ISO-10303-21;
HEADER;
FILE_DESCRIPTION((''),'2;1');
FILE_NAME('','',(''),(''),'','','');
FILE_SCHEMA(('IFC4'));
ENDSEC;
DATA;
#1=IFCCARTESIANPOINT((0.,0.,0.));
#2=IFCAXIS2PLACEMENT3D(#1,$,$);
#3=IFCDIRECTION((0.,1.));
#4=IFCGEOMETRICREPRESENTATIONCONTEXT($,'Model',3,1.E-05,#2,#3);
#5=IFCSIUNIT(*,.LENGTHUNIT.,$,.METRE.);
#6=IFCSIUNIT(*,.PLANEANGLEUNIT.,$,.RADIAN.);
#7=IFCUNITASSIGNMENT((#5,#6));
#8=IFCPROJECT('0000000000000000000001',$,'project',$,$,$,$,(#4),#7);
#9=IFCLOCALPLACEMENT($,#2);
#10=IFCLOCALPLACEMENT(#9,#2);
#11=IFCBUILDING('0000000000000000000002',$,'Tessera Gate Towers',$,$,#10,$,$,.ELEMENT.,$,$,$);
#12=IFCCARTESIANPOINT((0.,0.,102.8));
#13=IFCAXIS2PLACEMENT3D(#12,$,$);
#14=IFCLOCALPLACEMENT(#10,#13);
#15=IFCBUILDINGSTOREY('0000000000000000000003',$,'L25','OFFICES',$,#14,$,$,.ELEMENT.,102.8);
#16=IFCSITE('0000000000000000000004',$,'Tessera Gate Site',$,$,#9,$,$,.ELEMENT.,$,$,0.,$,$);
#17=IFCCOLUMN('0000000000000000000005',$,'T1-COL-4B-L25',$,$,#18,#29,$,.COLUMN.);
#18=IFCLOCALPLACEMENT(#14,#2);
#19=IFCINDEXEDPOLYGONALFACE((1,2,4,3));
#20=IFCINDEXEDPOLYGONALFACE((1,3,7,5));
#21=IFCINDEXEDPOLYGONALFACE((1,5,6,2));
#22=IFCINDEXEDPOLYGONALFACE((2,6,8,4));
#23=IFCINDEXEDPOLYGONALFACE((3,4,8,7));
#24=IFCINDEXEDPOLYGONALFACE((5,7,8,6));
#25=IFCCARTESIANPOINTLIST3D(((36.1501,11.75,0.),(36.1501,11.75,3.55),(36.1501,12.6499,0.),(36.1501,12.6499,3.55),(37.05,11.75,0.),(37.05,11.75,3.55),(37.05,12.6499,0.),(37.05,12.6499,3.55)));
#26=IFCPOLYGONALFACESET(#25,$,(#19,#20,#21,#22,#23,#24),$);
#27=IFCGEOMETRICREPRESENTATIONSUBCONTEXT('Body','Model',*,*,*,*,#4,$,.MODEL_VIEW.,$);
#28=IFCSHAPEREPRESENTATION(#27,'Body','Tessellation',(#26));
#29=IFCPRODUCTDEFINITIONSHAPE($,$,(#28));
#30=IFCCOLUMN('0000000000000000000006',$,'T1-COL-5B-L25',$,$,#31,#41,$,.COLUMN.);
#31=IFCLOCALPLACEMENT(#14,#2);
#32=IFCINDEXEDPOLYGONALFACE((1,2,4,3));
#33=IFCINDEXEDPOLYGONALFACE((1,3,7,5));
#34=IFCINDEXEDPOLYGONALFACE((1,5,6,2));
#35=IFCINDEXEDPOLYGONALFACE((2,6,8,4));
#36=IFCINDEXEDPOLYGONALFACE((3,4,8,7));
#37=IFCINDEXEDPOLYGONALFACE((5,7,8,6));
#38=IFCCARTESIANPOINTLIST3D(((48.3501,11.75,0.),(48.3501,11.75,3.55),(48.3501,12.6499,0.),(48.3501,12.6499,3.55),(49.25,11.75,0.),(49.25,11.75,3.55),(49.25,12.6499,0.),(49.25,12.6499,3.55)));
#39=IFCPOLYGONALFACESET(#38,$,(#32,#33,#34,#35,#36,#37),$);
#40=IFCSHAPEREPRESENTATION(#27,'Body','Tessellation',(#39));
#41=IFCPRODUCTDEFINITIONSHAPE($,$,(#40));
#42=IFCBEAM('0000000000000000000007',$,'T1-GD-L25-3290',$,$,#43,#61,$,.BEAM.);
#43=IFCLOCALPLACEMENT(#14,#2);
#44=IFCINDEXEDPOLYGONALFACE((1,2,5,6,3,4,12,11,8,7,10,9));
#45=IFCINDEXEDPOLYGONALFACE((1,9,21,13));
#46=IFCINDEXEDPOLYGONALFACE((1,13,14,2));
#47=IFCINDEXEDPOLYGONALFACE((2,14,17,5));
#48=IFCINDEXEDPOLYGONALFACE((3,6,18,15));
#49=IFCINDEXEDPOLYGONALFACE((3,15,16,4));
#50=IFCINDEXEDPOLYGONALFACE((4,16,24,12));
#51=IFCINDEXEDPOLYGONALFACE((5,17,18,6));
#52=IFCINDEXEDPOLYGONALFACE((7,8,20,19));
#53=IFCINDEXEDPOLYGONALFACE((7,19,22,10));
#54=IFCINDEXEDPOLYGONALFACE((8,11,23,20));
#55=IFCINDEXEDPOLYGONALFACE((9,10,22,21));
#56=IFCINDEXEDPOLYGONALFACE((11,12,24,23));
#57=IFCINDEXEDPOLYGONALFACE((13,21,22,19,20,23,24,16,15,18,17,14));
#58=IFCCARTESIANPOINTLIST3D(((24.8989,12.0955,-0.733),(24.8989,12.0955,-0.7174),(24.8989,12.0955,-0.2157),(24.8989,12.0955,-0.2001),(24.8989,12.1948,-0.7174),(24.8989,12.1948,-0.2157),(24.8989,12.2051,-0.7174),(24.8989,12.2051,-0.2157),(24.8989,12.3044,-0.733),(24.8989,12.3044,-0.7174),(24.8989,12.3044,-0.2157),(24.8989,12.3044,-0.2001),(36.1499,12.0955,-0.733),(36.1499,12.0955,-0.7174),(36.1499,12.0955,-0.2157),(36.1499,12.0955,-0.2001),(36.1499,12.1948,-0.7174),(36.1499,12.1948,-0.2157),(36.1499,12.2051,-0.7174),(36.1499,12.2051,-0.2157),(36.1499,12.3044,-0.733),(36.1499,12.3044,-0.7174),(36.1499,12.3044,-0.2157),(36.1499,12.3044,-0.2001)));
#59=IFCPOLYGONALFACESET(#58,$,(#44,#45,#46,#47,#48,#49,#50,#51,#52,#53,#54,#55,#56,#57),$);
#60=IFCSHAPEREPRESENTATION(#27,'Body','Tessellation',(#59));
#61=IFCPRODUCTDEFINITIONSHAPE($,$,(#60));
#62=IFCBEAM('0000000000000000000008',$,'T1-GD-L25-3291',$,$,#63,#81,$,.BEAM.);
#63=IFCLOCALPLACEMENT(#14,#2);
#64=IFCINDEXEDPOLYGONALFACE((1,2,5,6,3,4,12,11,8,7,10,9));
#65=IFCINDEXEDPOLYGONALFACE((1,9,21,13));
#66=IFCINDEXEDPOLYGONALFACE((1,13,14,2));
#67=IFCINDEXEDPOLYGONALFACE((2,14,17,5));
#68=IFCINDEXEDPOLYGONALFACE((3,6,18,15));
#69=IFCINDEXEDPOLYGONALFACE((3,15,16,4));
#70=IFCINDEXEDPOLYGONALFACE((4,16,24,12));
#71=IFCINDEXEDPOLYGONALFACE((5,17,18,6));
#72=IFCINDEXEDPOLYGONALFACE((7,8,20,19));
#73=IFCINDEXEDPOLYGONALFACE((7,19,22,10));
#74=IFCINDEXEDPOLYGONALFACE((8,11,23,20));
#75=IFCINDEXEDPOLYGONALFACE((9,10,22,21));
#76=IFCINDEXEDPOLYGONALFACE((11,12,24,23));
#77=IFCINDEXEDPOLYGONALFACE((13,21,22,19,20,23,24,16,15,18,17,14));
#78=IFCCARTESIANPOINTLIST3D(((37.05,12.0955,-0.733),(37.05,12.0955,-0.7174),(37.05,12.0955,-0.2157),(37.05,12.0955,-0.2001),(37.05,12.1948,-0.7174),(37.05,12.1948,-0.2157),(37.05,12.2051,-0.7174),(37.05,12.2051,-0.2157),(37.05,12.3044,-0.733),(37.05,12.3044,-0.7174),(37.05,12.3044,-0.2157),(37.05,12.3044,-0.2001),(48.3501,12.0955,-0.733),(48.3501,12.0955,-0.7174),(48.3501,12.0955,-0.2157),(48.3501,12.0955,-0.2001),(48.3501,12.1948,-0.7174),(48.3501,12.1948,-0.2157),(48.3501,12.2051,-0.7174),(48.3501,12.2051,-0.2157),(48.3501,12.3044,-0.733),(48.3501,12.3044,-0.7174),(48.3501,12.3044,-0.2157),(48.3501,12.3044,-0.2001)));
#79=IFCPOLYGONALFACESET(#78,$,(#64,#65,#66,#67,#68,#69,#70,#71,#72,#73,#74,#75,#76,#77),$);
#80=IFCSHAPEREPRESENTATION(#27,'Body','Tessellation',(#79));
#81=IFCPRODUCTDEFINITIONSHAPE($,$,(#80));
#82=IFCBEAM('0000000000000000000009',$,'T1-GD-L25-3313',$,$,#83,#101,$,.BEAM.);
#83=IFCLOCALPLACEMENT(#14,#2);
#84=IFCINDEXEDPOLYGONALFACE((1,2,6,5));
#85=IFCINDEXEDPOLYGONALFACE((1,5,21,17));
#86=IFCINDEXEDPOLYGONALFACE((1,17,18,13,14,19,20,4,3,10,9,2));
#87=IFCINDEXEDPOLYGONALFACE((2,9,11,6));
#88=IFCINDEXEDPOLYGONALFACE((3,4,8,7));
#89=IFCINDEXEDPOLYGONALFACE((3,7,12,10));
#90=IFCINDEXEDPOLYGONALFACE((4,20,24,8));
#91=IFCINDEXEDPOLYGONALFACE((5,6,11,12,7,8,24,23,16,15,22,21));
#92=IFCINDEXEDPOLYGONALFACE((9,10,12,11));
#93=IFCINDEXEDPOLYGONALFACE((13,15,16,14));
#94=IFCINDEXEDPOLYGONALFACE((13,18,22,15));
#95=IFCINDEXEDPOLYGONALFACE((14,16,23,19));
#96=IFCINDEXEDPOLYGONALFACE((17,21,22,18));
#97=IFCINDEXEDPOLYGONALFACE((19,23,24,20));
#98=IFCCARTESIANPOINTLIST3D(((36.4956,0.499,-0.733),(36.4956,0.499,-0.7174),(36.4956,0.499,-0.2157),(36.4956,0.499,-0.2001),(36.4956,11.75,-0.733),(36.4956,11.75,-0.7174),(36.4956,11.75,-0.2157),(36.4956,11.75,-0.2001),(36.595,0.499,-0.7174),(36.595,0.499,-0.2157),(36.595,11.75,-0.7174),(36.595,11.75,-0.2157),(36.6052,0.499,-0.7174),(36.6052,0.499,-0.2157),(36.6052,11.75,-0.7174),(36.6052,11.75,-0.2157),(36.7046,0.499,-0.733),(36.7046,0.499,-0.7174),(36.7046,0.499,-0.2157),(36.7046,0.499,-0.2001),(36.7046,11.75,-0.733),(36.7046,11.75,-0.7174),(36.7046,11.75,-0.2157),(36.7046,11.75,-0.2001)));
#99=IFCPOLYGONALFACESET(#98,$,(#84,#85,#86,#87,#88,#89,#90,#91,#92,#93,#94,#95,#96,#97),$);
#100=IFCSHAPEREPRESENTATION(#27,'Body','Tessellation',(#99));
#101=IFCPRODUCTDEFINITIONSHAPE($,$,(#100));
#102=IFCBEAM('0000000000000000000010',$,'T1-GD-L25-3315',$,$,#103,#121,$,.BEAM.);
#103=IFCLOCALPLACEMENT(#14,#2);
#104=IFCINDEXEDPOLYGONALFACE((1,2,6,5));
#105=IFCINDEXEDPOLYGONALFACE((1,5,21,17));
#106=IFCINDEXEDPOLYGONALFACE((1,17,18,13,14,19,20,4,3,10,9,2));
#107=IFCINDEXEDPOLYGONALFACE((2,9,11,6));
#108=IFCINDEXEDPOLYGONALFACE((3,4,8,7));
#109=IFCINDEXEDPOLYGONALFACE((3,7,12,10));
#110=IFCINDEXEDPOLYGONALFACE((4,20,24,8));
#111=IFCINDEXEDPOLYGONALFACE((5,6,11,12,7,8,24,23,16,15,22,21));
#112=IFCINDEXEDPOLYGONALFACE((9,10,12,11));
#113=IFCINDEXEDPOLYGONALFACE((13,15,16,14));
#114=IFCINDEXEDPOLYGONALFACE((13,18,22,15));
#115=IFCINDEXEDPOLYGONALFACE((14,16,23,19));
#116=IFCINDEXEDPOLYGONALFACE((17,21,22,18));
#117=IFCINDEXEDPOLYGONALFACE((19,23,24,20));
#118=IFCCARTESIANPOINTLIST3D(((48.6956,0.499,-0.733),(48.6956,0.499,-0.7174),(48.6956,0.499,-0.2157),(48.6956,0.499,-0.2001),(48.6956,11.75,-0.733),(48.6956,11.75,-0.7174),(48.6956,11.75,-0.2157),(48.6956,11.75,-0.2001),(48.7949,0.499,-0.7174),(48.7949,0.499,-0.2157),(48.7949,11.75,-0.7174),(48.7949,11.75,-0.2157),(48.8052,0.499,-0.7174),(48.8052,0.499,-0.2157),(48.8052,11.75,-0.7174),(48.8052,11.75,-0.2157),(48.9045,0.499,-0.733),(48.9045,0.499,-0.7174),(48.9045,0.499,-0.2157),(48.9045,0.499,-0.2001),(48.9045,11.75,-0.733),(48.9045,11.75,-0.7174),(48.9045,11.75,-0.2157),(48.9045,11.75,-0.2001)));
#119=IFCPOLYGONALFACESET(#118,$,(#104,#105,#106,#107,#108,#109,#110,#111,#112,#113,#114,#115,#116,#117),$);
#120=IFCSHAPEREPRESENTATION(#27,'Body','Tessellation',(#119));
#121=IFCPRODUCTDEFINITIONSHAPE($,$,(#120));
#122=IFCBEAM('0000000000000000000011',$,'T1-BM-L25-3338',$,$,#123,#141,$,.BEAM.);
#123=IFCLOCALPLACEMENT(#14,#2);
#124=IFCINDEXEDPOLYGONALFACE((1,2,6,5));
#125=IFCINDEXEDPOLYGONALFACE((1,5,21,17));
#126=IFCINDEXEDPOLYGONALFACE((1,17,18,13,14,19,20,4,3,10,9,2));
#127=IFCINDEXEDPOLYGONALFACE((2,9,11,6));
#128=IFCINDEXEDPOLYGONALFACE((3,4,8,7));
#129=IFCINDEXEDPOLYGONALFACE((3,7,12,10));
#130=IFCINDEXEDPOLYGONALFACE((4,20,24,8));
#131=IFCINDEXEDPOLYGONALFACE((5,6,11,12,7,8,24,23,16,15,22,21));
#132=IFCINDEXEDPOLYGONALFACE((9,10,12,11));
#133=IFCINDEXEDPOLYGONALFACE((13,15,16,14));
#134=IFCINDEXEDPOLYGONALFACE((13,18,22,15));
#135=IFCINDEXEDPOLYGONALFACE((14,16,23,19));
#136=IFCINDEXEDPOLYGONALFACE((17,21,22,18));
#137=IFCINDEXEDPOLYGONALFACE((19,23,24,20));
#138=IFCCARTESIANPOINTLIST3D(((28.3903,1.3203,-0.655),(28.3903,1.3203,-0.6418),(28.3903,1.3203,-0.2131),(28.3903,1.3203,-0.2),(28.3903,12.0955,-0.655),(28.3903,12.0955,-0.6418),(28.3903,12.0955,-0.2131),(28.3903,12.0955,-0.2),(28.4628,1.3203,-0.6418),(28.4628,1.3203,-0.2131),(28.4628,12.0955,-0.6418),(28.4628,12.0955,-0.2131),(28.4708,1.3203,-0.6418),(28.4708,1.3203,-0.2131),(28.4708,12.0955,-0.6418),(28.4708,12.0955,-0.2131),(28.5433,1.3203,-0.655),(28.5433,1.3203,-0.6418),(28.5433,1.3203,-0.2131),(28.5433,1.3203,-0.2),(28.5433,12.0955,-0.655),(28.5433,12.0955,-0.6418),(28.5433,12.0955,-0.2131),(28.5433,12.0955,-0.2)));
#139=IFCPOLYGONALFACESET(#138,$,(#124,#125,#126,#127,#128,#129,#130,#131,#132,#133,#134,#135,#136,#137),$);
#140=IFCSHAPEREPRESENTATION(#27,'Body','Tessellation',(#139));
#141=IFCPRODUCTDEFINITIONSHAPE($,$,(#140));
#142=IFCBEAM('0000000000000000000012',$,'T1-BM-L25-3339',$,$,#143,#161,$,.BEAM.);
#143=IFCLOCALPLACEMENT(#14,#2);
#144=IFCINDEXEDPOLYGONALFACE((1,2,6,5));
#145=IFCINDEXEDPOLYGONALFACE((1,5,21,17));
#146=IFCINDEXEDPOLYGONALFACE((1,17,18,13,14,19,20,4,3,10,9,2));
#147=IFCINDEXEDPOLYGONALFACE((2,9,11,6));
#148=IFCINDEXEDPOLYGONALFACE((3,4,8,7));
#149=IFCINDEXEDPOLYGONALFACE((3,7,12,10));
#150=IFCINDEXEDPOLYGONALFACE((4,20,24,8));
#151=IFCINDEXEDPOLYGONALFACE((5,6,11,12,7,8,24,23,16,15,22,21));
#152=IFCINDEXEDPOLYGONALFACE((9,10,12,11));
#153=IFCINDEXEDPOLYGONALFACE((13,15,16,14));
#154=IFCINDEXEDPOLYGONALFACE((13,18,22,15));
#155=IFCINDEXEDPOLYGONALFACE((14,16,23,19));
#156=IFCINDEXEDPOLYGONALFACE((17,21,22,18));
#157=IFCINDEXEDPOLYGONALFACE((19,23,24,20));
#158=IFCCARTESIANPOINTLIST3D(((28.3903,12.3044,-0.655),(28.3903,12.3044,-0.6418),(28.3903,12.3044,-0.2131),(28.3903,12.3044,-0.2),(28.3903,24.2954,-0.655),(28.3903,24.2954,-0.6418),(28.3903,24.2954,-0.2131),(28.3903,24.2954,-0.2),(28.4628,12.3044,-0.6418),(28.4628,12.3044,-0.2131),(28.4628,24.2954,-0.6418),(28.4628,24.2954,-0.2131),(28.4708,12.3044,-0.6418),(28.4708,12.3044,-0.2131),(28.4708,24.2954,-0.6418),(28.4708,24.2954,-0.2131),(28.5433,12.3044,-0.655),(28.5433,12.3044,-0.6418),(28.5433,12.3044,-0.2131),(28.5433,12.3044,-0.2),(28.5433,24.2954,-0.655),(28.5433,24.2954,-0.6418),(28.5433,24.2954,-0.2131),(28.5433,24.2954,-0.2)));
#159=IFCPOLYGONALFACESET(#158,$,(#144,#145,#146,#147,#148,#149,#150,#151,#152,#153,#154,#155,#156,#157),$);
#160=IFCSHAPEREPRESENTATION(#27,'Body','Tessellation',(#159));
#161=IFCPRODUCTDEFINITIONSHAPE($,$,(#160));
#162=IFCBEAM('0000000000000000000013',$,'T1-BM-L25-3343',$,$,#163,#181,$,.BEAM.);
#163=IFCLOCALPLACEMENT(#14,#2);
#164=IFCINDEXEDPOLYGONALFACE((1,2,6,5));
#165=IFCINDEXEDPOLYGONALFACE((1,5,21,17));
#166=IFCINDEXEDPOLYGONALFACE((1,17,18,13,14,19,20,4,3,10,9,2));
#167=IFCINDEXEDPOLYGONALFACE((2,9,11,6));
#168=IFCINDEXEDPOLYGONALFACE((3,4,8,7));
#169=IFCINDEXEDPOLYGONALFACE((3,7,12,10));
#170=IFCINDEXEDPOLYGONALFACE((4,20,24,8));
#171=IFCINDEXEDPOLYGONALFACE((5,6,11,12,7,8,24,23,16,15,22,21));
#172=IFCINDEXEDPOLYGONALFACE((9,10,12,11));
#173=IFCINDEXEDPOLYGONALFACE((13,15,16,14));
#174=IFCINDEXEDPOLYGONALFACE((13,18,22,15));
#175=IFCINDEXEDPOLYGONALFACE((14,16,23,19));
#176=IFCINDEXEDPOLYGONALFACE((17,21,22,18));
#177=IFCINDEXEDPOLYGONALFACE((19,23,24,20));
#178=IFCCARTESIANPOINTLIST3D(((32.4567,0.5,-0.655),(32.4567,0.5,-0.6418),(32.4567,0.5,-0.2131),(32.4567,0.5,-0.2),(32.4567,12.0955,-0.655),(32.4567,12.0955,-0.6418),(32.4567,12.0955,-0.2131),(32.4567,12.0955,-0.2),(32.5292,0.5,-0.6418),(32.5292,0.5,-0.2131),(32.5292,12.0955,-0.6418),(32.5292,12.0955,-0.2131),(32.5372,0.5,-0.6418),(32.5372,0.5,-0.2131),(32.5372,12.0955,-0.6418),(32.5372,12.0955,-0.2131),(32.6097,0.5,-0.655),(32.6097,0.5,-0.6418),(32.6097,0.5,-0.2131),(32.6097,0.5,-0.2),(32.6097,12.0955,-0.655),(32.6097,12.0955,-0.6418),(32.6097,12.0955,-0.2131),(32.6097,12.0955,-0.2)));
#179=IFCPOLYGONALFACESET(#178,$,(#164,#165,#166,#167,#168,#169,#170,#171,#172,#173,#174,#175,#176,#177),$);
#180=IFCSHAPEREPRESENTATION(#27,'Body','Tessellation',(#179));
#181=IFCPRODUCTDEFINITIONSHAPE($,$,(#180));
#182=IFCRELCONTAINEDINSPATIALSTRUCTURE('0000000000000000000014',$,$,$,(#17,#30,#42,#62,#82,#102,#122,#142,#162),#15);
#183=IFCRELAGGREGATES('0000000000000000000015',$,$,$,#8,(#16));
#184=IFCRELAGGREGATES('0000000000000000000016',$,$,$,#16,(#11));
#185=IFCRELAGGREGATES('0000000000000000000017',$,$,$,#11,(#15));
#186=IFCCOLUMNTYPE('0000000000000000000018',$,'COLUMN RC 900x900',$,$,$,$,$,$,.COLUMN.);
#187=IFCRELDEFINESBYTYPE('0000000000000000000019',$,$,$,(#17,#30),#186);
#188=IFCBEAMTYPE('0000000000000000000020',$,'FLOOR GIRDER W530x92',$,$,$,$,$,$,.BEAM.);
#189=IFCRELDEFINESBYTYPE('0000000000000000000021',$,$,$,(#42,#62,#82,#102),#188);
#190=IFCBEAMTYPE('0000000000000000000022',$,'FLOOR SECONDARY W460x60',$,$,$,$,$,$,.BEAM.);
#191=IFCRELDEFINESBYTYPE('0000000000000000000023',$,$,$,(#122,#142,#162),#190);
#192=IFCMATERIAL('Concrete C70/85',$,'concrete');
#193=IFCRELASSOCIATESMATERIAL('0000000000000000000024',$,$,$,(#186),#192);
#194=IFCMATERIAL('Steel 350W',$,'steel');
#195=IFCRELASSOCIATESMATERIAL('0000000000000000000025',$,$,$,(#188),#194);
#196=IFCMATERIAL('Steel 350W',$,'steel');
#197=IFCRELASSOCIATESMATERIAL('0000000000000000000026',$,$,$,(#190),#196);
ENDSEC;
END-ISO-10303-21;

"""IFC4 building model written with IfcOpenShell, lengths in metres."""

from ifc_helpers import new_model, si_unit, direction, frame, origin, origin_2d, place, context, subcontext, project, spatial, rectangle, i_section, extrude, material, material_profile, profile_set, type_object, element, save


model = new_model("IFC4")

# Units and contexts
model_context = context("Model", 3, precision=1e-05, world=origin(), true_north=direction((0.0, 1.0)))
body_context = subcontext(model_context, "Body", "Model", "MODEL_VIEW")
ifc_project = project(units=[si_unit("LENGTHUNIT", "METRE"), si_unit("PLANEANGLEUNIT", "RADIAN")], contexts=[model_context])

# Site, building, storey
site_placement = place(None, origin())
site = spatial("IfcSite", under=ifc_project, at=site_placement, Name="Tessera Gate Site", CompositionType="ELEMENT", RefElevation=0.0)
building_placement = place(site_placement, origin())
building = spatial("IfcBuilding", under=site, at=building_placement, Name="Tessera Gate Towers", CompositionType="ELEMENT")
storey_placement = place(building_placement, frame((0.0, 0.0, 102.8)))
storey = spatial("IfcBuildingStorey", under=building, at=storey_placement, Name="L25", Description="OFFICES", CompositionType="ELEMENT", Elevation=102.8)

# Columns
ifc_material_1 = material(Name="Concrete C70/85", Category="concrete")
ifc_material_profile_1 = material_profile(ifc_material_1, rectangle(XDim=0.8999, YDim=0.8999, at=origin_2d()), Name="RC 900x900")
ifc_profile_set_1 = profile_set([ifc_material_profile_1], Name="Concrete C70/85")
column_type = type_object("IfcColumnType", Name="COLUMN RC 900x900", PredefinedType="COLUMN", material=ifc_profile_set_1)
for number, where, z_axis, x_axis, name in (
    (1, (36.6001, 12.2, 0.0), (0.0, 0.0, 1.0), (1.0, 0.0, 0.0), "T1-COL-4B-L25"),
    (2, (48.8, 12.2, 0.0), (0.0, 0.0, 1.0), (1.0, 0.0, 0.0), "T1-COL-5B-L25"),
):
    element("IfcColumn", number, at=place(storey_placement, frame(where, z_axis=z_axis, x_axis=x_axis)), inside=storey, type_object=column_type, Name=name, PredefinedType="COLUMN", context=body_context, shape_type="SweptSolid", body=[
        extrude(rectangle(XDim=0.8999, YDim=0.8999, at=origin_2d()), origin(), (0.0, 0.0, 1.0), 3.55),
    ])

# Beams
ifc_material_2 = material(Name="Steel 350W", Category="steel")
ifc_material_profile_2 = material_profile(ifc_material_2, i_section(OverallWidth=0.209, OverallDepth=0.533, WebThickness=0.0103, FlangeThickness=0.0156, at=origin_2d()), Name="W530x92")
ifc_profile_set_2 = profile_set([ifc_material_profile_2], Name="Steel 350W")
beam_type_1 = type_object("IfcBeamType", Name="FLOOR GIRDER W530x92", PredefinedType="BEAM", material=ifc_profile_set_2)
beam_1_placement = place(storey_placement, frame((24.8989, 12.2, -0.4666), z_axis=(1.0, 0.0, 0.0), x_axis=(0.0, 1.0, 0.0)))
element("IfcBeam", 3, at=beam_1_placement, inside=storey, type_object=beam_type_1, Name="T1-GD-L25-3290", PredefinedType="BEAM", context=body_context, shape_type="SweptSolid", body=[
    extrude(i_section(OverallWidth=0.209, OverallDepth=0.533, WebThickness=0.0103, FlangeThickness=0.0156, at=origin_2d()), origin(), (0.0, 0.0, 1.0), 11.251),
])
beam_2_placement = place(storey_placement, frame((37.05, 12.2, -0.4666), z_axis=(1.0, 0.0, 0.0), x_axis=(0.0, 1.0, 0.0)))
element("IfcBeam", 4, at=beam_2_placement, inside=storey, type_object=beam_type_1, Name="T1-GD-L25-3291", PredefinedType="BEAM", context=body_context, shape_type="SweptSolid", body=[
    extrude(i_section(OverallWidth=0.209, OverallDepth=0.533, WebThickness=0.0103, FlangeThickness=0.0156, at=origin_2d()), origin(), (0.0, 0.0, 1.0), 11.3),
])
for number, where, z_axis, x_axis, name in (
    (5, (36.6001, 0.499, -0.4666), (0.0, 1.0, 0.0), (-1.0, 0.0, 0.0), "T1-GD-L25-3313"),
    (6, (48.8, 0.499, -0.4666), (0.0, 1.0, 0.0), (-1.0, 0.0, 0.0), "T1-GD-L25-3315"),
):
    element("IfcBeam", number, at=place(storey_placement, frame(where, z_axis=z_axis, x_axis=x_axis)), inside=storey, type_object=beam_type_1, Name=name, PredefinedType="BEAM", context=body_context, shape_type="SweptSolid", body=[
        extrude(i_section(OverallWidth=0.209, OverallDepth=0.533, WebThickness=0.0103, FlangeThickness=0.0156, at=origin_2d()), origin(), (0.0, 0.0, 1.0), 11.251),
    ])
ifc_material_3 = material(Name="Steel 350W", Category="steel")
ifc_material_profile_3 = material_profile(ifc_material_3, i_section(OverallWidth=0.1531, OverallDepth=0.4551, WebThickness=0.0081, FlangeThickness=0.0132, at=origin_2d()), Name="W460x60")
ifc_profile_set_3 = profile_set([ifc_material_profile_3], Name="Steel 350W")
beam_type_2 = type_object("IfcBeamType", Name="FLOOR SECONDARY W460x60", PredefinedType="BEAM", material=ifc_profile_set_3)
beam_3_placement = place(storey_placement, frame((28.4668, 1.3203, -0.4275), z_axis=(0.0, 1.0, 0.0), x_axis=(-1.0, 0.0, 0.0)))
element("IfcBeam", 7, at=beam_3_placement, inside=storey, type_object=beam_type_2, Name="T1-BM-L25-3338", PredefinedType="BEAM", context=body_context, shape_type="SweptSolid", body=[
    extrude(i_section(OverallWidth=0.1531, OverallDepth=0.4551, WebThickness=0.0081, FlangeThickness=0.0132, at=origin_2d()), origin(), (0.0, 0.0, 1.0), 10.7751),
])
beam_4_placement = place(storey_placement, frame((28.4668, 12.3044, -0.4275), z_axis=(0.0, 1.0, 0.0), x_axis=(-1.0, 0.0, 0.0)))
element("IfcBeam", 8, at=beam_4_placement, inside=storey, type_object=beam_type_2, Name="T1-BM-L25-3339", PredefinedType="BEAM", context=body_context, shape_type="SweptSolid", body=[
    extrude(i_section(OverallWidth=0.1531, OverallDepth=0.4551, WebThickness=0.0081, FlangeThickness=0.0132, at=origin_2d()), origin(), (0.0, 0.0, 1.0), 11.991),
])
beam_5_placement = place(storey_placement, frame((32.5332, 0.5, -0.4275), z_axis=(0.0, 1.0, 0.0), x_axis=(-1.0, 0.0, 0.0)))
element("IfcBeam", 9, at=beam_5_placement, inside=storey, type_object=beam_type_2, Name="T1-BM-L25-3343", PredefinedType="BEAM", context=body_context, shape_type="SweptSolid", body=[
    extrude(i_section(OverallWidth=0.1531, OverallDepth=0.4551, WebThickness=0.0081, FlangeThickness=0.0132, at=origin_2d()), origin(), (0.0, 0.0, 1.0), 11.5955),
])

save(model, "model.ifc")
